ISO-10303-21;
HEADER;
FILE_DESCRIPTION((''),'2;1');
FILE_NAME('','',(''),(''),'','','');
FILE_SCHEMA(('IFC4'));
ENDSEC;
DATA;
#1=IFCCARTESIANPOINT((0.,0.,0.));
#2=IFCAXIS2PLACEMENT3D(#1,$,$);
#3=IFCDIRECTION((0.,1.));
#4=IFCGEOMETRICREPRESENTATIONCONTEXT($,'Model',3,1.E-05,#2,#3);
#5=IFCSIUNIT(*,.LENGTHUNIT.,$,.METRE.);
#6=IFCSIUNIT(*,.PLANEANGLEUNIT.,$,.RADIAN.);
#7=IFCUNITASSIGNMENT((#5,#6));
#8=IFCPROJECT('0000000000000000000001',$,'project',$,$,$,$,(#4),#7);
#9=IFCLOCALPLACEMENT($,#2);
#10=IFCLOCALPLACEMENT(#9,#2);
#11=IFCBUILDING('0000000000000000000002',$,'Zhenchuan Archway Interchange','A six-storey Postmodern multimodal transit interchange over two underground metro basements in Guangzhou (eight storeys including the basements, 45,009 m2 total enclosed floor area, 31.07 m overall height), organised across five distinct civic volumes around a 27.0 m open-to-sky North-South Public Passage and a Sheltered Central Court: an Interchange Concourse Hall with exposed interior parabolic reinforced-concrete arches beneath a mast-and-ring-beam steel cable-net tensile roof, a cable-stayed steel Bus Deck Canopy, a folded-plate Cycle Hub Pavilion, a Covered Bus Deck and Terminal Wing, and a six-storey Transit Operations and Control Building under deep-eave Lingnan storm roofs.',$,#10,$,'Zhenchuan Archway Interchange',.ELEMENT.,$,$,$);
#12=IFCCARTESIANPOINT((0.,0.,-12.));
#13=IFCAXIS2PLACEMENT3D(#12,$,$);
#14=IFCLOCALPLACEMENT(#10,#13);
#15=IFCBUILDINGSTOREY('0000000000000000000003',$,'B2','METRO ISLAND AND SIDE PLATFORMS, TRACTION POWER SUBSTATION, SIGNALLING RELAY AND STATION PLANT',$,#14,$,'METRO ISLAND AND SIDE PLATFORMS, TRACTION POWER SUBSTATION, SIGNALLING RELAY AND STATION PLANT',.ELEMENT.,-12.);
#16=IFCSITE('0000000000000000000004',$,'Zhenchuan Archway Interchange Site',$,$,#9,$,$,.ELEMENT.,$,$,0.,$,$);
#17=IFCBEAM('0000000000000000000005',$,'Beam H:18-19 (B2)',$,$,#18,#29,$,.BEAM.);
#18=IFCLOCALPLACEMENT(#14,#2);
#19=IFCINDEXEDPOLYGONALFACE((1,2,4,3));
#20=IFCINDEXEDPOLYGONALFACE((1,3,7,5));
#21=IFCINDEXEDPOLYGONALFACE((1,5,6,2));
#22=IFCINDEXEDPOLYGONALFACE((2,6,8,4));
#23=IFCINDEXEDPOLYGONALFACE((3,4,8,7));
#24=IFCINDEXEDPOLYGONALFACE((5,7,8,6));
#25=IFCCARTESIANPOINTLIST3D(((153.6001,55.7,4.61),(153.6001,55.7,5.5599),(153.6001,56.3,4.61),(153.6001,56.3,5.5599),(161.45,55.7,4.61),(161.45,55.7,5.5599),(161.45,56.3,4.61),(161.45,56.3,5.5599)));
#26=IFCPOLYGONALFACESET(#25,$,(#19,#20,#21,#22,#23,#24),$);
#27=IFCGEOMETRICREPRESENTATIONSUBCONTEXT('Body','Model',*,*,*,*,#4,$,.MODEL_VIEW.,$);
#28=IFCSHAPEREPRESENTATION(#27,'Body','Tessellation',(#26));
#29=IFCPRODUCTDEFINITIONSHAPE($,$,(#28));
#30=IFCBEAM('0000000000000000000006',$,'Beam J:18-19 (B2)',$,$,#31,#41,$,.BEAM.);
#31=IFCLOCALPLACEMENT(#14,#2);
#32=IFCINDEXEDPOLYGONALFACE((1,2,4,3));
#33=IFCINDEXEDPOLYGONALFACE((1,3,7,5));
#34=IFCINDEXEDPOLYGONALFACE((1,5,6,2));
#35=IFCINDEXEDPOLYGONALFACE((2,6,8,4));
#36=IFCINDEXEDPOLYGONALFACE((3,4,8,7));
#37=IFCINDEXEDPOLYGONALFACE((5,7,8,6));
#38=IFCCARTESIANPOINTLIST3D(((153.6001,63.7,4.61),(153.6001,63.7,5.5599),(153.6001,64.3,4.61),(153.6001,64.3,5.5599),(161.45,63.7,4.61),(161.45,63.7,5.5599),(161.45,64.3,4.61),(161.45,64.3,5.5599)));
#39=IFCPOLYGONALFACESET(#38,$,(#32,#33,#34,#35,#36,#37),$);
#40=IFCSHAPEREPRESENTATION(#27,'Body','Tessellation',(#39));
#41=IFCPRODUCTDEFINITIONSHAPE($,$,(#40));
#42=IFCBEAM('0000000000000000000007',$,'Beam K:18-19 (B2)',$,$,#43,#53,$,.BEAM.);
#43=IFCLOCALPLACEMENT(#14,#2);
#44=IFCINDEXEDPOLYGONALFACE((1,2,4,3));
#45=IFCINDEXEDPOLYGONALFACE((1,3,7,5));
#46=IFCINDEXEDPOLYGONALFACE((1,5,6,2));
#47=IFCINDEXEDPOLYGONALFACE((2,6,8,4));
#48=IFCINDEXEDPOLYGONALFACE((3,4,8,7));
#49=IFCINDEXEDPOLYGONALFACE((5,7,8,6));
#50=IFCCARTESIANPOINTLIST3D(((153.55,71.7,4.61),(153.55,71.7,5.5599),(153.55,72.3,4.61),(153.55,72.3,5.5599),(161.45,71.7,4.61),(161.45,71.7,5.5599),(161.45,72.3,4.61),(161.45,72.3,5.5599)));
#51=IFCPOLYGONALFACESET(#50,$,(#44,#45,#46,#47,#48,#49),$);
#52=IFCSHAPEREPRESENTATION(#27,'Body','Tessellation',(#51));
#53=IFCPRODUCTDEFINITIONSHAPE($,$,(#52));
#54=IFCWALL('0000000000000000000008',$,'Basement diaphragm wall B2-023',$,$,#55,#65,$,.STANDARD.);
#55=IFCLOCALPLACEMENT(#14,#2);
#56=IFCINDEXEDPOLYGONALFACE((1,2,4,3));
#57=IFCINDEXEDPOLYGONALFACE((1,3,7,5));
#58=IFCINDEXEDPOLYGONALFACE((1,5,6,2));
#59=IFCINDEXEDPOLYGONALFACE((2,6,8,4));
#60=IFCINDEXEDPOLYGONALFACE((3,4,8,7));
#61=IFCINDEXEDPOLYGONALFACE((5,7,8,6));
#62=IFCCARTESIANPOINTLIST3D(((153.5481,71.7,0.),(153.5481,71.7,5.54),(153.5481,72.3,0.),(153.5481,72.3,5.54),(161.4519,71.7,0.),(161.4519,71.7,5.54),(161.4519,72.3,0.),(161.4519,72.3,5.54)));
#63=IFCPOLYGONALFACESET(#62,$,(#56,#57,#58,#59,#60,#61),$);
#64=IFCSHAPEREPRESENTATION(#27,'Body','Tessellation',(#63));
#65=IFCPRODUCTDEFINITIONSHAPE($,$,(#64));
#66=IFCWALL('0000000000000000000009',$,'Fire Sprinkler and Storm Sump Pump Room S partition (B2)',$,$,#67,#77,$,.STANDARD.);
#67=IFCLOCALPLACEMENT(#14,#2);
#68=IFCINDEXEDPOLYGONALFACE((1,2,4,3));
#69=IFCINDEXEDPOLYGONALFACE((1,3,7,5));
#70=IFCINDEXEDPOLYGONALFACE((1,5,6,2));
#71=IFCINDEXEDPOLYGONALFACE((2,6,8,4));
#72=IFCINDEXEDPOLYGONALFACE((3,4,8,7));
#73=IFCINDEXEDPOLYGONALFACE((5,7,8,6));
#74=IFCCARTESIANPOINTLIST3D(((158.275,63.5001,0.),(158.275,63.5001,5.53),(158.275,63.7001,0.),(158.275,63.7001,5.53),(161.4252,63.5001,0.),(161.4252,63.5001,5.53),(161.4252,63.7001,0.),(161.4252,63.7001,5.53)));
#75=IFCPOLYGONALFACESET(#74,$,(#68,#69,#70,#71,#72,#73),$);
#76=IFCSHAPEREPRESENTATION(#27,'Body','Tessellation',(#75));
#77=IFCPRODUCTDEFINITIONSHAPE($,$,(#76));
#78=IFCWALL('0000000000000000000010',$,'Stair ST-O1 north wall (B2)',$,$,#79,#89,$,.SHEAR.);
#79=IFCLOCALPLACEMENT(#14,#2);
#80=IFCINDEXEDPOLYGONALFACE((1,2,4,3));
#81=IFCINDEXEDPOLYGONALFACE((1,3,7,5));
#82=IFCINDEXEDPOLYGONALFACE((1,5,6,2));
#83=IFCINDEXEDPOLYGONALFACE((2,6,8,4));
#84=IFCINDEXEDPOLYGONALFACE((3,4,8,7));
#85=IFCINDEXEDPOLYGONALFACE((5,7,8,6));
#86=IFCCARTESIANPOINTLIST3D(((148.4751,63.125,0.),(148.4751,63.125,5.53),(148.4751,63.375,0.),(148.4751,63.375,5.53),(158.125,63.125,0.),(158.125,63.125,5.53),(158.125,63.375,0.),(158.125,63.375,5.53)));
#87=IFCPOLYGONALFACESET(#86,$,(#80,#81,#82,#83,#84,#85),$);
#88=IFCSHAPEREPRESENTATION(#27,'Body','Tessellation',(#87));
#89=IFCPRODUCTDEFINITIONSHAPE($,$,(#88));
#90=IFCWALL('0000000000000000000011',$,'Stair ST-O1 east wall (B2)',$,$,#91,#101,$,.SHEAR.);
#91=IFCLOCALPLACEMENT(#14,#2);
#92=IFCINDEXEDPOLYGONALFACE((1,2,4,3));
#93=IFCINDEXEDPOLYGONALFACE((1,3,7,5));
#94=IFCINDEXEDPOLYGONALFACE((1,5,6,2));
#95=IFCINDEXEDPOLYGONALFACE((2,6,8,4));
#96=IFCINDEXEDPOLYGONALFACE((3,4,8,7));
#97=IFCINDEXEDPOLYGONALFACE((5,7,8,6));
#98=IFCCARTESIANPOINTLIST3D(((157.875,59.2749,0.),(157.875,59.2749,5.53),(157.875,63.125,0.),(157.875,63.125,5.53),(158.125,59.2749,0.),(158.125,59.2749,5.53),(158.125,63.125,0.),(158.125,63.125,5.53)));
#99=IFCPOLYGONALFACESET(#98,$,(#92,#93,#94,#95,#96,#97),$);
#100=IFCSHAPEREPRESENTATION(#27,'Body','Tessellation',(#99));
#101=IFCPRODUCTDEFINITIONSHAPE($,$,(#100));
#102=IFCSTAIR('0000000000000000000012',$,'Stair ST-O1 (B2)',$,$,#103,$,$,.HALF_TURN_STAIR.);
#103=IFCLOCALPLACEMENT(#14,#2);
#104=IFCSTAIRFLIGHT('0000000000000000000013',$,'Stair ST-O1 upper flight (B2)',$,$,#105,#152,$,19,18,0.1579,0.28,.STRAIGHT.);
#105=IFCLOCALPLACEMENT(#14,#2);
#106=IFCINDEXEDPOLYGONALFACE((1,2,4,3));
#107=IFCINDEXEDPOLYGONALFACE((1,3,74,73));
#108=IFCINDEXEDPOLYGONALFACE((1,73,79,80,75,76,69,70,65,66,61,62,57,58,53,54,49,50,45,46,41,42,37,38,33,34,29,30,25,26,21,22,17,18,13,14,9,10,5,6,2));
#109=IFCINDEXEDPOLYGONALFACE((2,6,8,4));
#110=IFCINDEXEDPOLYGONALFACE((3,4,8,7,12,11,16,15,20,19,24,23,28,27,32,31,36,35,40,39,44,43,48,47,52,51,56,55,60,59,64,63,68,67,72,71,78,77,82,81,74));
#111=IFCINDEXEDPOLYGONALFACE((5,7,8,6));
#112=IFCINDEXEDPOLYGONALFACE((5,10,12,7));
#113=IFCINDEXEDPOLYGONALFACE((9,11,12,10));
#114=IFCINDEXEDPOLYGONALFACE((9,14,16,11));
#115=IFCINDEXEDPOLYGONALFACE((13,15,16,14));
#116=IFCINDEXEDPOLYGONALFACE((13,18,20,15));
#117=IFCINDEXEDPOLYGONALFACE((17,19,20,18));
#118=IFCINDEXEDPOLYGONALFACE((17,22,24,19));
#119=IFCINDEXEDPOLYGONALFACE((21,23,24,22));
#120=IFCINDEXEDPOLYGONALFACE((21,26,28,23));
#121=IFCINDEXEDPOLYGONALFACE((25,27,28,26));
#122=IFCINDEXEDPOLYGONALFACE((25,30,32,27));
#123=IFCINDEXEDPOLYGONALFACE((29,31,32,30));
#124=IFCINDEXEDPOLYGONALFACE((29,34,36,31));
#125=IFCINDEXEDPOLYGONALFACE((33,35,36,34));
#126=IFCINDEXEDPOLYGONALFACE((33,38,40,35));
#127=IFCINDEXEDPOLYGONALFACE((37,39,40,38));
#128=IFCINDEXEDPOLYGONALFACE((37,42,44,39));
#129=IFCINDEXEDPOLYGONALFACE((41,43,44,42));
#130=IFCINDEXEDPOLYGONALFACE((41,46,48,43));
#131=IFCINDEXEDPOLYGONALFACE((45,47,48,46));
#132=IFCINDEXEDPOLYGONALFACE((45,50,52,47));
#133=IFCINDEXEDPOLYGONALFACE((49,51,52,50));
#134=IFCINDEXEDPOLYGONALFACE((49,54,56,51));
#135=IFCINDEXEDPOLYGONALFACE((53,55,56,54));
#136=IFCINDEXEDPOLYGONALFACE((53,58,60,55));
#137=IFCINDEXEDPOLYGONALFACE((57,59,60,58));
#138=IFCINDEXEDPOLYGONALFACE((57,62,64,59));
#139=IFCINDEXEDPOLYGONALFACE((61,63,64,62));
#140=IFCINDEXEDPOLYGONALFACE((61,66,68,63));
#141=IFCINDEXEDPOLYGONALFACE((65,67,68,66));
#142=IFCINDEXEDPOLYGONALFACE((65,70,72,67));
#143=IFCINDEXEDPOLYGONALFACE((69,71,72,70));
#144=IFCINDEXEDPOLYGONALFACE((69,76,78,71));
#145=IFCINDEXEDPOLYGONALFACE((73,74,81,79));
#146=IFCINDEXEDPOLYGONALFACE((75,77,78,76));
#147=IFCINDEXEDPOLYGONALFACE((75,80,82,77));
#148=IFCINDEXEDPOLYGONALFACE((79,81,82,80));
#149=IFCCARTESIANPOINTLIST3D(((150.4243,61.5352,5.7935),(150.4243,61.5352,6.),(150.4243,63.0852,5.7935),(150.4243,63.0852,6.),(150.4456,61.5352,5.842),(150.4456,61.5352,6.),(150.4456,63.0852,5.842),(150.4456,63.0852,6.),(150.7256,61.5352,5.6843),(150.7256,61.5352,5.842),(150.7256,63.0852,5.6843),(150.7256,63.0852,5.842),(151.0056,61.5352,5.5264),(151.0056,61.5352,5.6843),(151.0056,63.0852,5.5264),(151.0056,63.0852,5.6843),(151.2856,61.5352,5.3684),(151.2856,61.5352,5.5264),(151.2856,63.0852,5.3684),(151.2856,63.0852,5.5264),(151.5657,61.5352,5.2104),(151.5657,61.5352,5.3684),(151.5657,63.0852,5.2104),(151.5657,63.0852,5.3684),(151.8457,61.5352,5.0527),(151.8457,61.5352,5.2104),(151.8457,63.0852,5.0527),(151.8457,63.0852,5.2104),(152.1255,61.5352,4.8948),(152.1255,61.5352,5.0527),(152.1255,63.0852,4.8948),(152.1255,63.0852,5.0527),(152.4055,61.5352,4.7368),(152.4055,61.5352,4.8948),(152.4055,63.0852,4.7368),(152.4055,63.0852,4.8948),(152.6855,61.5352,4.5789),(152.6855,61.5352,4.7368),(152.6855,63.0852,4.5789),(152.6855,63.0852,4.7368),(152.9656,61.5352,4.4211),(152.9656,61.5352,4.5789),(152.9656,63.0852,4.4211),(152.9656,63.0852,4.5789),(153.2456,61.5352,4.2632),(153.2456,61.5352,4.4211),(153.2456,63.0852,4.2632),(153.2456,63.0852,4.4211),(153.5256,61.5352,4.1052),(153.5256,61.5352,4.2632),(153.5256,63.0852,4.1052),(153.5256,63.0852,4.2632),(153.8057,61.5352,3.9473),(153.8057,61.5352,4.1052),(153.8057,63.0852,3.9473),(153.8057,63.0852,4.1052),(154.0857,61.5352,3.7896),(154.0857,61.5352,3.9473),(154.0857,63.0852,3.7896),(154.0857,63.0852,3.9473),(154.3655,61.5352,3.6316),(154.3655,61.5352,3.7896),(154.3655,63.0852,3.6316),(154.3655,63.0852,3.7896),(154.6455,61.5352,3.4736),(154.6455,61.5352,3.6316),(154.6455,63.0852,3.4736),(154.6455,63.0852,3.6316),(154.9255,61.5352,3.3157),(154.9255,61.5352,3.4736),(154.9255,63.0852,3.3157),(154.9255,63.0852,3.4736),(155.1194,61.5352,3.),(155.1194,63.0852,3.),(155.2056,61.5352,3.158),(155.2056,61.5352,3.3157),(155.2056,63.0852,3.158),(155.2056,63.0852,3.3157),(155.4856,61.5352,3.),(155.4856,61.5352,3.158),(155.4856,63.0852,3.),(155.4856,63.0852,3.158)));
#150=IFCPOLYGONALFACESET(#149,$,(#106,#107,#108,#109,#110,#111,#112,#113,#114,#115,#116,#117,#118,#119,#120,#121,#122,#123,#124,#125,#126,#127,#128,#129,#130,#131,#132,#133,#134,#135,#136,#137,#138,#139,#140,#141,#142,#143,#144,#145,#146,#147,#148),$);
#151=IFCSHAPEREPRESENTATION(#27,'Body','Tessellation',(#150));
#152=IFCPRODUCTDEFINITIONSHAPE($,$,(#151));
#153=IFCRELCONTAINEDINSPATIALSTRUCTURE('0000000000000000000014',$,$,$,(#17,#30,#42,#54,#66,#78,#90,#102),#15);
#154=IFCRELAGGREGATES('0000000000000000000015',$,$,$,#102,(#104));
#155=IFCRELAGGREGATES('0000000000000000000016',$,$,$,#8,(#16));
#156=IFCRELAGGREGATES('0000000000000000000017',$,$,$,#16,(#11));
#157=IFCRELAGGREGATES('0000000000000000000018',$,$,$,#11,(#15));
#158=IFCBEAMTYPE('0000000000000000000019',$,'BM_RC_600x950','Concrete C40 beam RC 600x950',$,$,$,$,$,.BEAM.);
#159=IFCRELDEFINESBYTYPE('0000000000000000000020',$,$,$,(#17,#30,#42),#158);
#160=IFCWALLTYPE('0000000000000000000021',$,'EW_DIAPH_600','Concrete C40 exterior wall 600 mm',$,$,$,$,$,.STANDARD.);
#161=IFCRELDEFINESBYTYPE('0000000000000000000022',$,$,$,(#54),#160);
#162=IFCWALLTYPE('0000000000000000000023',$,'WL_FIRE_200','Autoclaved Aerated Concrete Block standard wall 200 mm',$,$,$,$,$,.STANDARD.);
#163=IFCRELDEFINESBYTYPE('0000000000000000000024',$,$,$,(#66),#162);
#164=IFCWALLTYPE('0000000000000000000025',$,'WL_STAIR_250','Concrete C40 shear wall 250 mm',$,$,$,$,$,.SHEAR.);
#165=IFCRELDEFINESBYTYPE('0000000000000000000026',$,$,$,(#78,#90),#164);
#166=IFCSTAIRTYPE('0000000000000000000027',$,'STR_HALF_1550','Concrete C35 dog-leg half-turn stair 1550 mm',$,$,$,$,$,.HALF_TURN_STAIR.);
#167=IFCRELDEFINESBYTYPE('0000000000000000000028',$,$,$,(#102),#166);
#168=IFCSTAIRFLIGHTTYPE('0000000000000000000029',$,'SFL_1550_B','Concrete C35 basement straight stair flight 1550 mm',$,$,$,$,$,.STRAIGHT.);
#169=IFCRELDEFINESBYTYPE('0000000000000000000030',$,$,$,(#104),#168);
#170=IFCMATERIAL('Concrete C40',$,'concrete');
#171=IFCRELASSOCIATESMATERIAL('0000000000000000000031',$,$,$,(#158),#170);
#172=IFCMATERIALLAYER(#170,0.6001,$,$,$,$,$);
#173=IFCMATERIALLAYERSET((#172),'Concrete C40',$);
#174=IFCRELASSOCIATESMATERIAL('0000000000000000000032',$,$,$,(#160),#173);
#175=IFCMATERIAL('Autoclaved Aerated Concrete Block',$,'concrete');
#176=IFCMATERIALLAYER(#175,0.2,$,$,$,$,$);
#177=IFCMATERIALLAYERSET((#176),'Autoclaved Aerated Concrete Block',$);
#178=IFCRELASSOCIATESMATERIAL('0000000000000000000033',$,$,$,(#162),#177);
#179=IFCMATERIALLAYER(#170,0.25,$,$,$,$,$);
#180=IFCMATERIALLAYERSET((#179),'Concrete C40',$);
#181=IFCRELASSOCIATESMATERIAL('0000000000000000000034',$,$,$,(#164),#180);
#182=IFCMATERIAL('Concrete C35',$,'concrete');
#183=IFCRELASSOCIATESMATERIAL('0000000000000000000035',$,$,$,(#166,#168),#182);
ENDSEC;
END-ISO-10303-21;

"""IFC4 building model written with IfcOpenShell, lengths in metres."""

from ifc_helpers import new_model, si_unit, direction, frame, frame_2d, origin, origin_2d, place, context, subcontext, project, spatial, polyline, rectangle, outline, extrude, material, layer, layer_set, material_profile, profile_set, type_object, element, aggregate, save


model = new_model("IFC4")

# Units and contexts
model_context = context("Model", 3, precision=1e-05, world=origin(), true_north=direction((0.0, 1.0)))
body_context = subcontext(model_context, "Body", "Model", "MODEL_VIEW")
ifc_project = project(units=[si_unit("LENGTHUNIT", "METRE"), si_unit("PLANEANGLEUNIT", "RADIAN")], contexts=[model_context])

# Site, building, storey
site_placement = place(None, origin())
site = spatial("IfcSite", under=ifc_project, at=site_placement, Name="Zhenchuan Archway Interchange Site", CompositionType="ELEMENT", RefElevation=0.0)
building_placement = place(site_placement, origin())
building = spatial("IfcBuilding", under=site, at=building_placement, Name="Zhenchuan Archway Interchange", Description="A six-storey Postmodern multimodal transit interchange over two underground metro basements in Guangzhou (eight storeys including the basements, 45,009 m2 total enclosed floor area, 31.07 m overall height), organised across five distinct civic volumes around a 27.0 m open-to-sky North-South Public Passage and a Sheltered Central Court: an Interchange Concourse Hall with exposed interior parabolic reinforced-concrete arches beneath a mast-and-ring-beam steel cable-net tensile roof, a cable-stayed steel Bus Deck Canopy, a folded-plate Cycle Hub Pavilion, a Covered Bus Deck and Terminal Wing, and a six-storey Transit Operations and Control Building under deep-eave Lingnan storm roofs.", LongName="Zhenchuan Archway Interchange", CompositionType="ELEMENT")
storey_placement = place(building_placement, frame((0.0, 0.0, -12.0)))
storey = spatial("IfcBuildingStorey", under=building, at=storey_placement, Name="B2", Description="METRO ISLAND AND SIDE PLATFORMS, TRACTION POWER SUBSTATION, SIGNALLING RELAY AND STATION PLANT", LongName="METRO ISLAND AND SIDE PLATFORMS, TRACTION POWER SUBSTATION, SIGNALLING RELAY AND STATION PLANT", CompositionType="ELEMENT", Elevation=-12.0)

# Shared definitions
ifc_material_1 = material(Name="Concrete C40", Category="concrete")

# Shared definitions
ifc_material_2 = material(Name="Concrete C35", Category="concrete")

# Beams
ifc_material_profile_1 = material_profile(ifc_material_1, rectangle(XDim=0.6001, YDim=0.95, at=origin_2d()), Name="RC 600x950")
ifc_profile_set_1 = profile_set([ifc_material_profile_1], Name="Concrete C40")
beam_type_1 = type_object("IfcBeamType", Name="BM_RC_600x950", Description="Concrete C40 beam RC 600x950", PredefinedType="BEAM", material=ifc_profile_set_1)
for number, where, z_axis, x_axis, name in (
    (1, (153.6001, 56.0, 5.085), (1.0, 0.0, 0.0), (0.0, 1.0, 0.0), "Beam H:18-19 (B2)"),
    (2, (153.6001, 64.0, 5.085), (1.0, 0.0, 0.0), (0.0, 1.0, 0.0), "Beam J:18-19 (B2)"),
):
    element("IfcBeam", number, at=place(storey_placement, frame(where, z_axis=z_axis, x_axis=x_axis)), inside=storey, type_object=beam_type_1, Name=name, PredefinedType="BEAM", context=body_context, shape_type="SweptSolid", body=[
        extrude(rectangle(XDim=0.6001, YDim=0.95, at=origin_2d()), origin(), (0.0, 0.0, 1.0), 7.8499),
    ])
beam_1_placement = place(storey_placement, frame((153.55, 72.0, 5.085), z_axis=(1.0, 0.0, 0.0), x_axis=(0.0, 1.0, 0.0)))
element("IfcBeam", 3, at=beam_1_placement, inside=storey, type_object=beam_type_1, Name="Beam K:18-19 (B2)", PredefinedType="BEAM", context=body_context, shape_type="SweptSolid", body=[
    extrude(rectangle(XDim=0.6001, YDim=0.95, at=origin_2d()), origin(), (0.0, 0.0, 1.0), 7.8999),
])

# Walls
ifc_layer_1 = layer(ifc_material_1, 0.6001)
ifc_layer_set_1 = layer_set([ifc_layer_1], Name="Concrete C40")
wall_type_1 = type_object("IfcWallType", Name="EW_DIAPH_600", Description="Concrete C40 exterior wall 600 mm", PredefinedType="STANDARD", material=ifc_layer_set_1)
wall_1_placement = place(storey_placement, frame((153.5481, 72.0, 0.0), z_axis=(0.0, 0.0, 1.0), x_axis=(1.0, 0.0, 0.0)))
element("IfcWall", 4, at=wall_1_placement, inside=storey, type_object=wall_type_1, Name="Basement diaphragm wall B2-023", PredefinedType="STANDARD", context=body_context, shape_type="SweptSolid", body=[
    extrude(rectangle(XDim=7.9038, YDim=0.6001, at=frame_2d((3.9519, 0.0))), origin(), (0.0, 0.0, 1.0), 5.54),
])
ifc_material_3 = material(Name="Autoclaved Aerated Concrete Block", Category="concrete")
ifc_layer_2 = layer(ifc_material_3, 0.2)
ifc_layer_set_2 = layer_set([ifc_layer_2], Name="Autoclaved Aerated Concrete Block")
wall_type_2 = type_object("IfcWallType", Name="WL_FIRE_200", Description="Autoclaved Aerated Concrete Block standard wall 200 mm", PredefinedType="STANDARD", material=ifc_layer_set_2)
wall_2_placement = place(storey_placement, frame((158.2749, 63.6001, 0.0), z_axis=(0.0, 0.0, 1.0), x_axis=(1.0, 0.0, 0.0)))
element("IfcWall", 5, at=wall_2_placement, inside=storey, type_object=wall_type_2, Name="Fire Sprinkler and Storm Sump Pump Room S partition (B2)", PredefinedType="STANDARD", context=body_context, shape_type="SweptSolid", body=[
    extrude(rectangle(XDim=3.1501, YDim=0.2, at=frame_2d((1.5752, 0.0))), origin(), (0.0, 0.0, 1.0), 5.53),
])
ifc_layer_3 = layer(ifc_material_1, 0.25)
ifc_layer_set_3 = layer_set([ifc_layer_3], Name="Concrete C40")
wall_type_3 = type_object("IfcWallType", Name="WL_STAIR_250", Description="Concrete C40 shear wall 250 mm", PredefinedType="SHEAR", material=ifc_layer_set_3)
wall_3_placement = place(storey_placement, frame((158.125, 63.25, 0.0), z_axis=(0.0, 0.0, 1.0), x_axis=(-1.0, 0.0, 0.0)))
element("IfcWall", 6, at=wall_3_placement, inside=storey, type_object=wall_type_3, Name="Stair ST-O1 north wall (B2)", PredefinedType="SHEAR", context=body_context, shape_type="SweptSolid", body=[
    extrude(rectangle(XDim=9.6499, YDim=0.25, at=frame_2d((4.825, 0.0))), origin(), (0.0, 0.0, 1.0), 5.53),
])
wall_4_placement = place(storey_placement, frame((158.0, 59.2749, 0.0), z_axis=(0.0, 0.0, 1.0), x_axis=(0.0, 1.0, 0.0)))
element("IfcWall", 7, at=wall_4_placement, inside=storey, type_object=wall_type_3, Name="Stair ST-O1 east wall (B2)", PredefinedType="SHEAR", context=body_context, shape_type="SweptSolid", body=[
    extrude(rectangle(XDim=3.8501, YDim=0.25, at=frame_2d((1.925, 0.0))), origin(), (0.0, 0.0, 1.0), 5.53),
])

# Stair, stair flight
stair_type = type_object("IfcStairType", Name="STR_HALF_1550", Description="Concrete C35 dog-leg half-turn stair 1550 mm", PredefinedType="HALF_TURN_STAIR", material=ifc_material_2)
stair_placement = place(storey_placement, origin())
stair = element("IfcStair", 8, at=stair_placement, inside=storey, type_object=stair_type, Name="Stair ST-O1 (B2)", PredefinedType="HALF_TURN_STAIR")
stair_flight_type = type_object("IfcStairFlightType", Name="SFL_1550_B", Description="Concrete C35 basement straight stair flight 1550 mm", PredefinedType="STRAIGHT", material=ifc_material_2)
stair_flight_placement = place(storey_placement, frame((155.4856, 62.3101, 3.0), z_axis=(0.0, 0.0, 1.0), x_axis=(-1.0, 0.0, 0.0)))
stair_flight = element("IfcStairFlight", 9, at=stair_flight_placement, type_object=stair_flight_type, Name="Stair ST-O1 upper flight (B2)", NumberOfRisers=19, NumberOfTreads=18, PredefinedType="STRAIGHT", RiserHeight=0.1579, TreadLength=0.28, context=body_context, shape_type="SweptSolid", body=[
    extrude(outline(polyline([(0.0, 0.0), (0.0, 0.158), (0.28, 0.158), (0.28, 0.3157), (0.5601, 0.3157), (0.5601, 0.4736), (0.8401, 0.4736), (0.8401, 0.6316), (1.1201, 0.6316), (1.1201, 0.7896), (1.3999, 0.7896), (1.3999, 0.9473), (1.6799, 0.9473), (1.6799, 1.1052), (1.96, 1.1052), (1.96, 1.2632), (2.24, 1.2632), (2.24, 1.4211), (2.52, 1.4211), (2.52, 1.5789), (2.8, 1.5789), (2.8, 1.7368), (3.0801, 1.7368), (3.0801, 1.8948), (3.3601, 1.8948), (3.3601, 2.0527), (3.6399, 2.0527), (3.6399, 2.2104), (3.9199, 2.2104), (3.9199, 2.3684), (4.2, 2.3684), (4.2, 2.5264), (4.48, 2.5264), (4.48, 2.6843), (4.76, 2.6843), (4.76, 2.842), (5.04, 2.842), (5.04, 3.0), (5.0613, 3.0), (5.0613, 2.7935), (0.3662, 0.0), (0.0, 0.0)])), frame((0.0, 0.7749, 0.0), z_axis=(0.0, -1.0, 0.0), x_axis=(1.0, 0.0, 0.0)), (0.0, 0.0, 1.0), 1.55),
])
aggregate(stair, [stair_flight])

save(model, "model.ifc")
